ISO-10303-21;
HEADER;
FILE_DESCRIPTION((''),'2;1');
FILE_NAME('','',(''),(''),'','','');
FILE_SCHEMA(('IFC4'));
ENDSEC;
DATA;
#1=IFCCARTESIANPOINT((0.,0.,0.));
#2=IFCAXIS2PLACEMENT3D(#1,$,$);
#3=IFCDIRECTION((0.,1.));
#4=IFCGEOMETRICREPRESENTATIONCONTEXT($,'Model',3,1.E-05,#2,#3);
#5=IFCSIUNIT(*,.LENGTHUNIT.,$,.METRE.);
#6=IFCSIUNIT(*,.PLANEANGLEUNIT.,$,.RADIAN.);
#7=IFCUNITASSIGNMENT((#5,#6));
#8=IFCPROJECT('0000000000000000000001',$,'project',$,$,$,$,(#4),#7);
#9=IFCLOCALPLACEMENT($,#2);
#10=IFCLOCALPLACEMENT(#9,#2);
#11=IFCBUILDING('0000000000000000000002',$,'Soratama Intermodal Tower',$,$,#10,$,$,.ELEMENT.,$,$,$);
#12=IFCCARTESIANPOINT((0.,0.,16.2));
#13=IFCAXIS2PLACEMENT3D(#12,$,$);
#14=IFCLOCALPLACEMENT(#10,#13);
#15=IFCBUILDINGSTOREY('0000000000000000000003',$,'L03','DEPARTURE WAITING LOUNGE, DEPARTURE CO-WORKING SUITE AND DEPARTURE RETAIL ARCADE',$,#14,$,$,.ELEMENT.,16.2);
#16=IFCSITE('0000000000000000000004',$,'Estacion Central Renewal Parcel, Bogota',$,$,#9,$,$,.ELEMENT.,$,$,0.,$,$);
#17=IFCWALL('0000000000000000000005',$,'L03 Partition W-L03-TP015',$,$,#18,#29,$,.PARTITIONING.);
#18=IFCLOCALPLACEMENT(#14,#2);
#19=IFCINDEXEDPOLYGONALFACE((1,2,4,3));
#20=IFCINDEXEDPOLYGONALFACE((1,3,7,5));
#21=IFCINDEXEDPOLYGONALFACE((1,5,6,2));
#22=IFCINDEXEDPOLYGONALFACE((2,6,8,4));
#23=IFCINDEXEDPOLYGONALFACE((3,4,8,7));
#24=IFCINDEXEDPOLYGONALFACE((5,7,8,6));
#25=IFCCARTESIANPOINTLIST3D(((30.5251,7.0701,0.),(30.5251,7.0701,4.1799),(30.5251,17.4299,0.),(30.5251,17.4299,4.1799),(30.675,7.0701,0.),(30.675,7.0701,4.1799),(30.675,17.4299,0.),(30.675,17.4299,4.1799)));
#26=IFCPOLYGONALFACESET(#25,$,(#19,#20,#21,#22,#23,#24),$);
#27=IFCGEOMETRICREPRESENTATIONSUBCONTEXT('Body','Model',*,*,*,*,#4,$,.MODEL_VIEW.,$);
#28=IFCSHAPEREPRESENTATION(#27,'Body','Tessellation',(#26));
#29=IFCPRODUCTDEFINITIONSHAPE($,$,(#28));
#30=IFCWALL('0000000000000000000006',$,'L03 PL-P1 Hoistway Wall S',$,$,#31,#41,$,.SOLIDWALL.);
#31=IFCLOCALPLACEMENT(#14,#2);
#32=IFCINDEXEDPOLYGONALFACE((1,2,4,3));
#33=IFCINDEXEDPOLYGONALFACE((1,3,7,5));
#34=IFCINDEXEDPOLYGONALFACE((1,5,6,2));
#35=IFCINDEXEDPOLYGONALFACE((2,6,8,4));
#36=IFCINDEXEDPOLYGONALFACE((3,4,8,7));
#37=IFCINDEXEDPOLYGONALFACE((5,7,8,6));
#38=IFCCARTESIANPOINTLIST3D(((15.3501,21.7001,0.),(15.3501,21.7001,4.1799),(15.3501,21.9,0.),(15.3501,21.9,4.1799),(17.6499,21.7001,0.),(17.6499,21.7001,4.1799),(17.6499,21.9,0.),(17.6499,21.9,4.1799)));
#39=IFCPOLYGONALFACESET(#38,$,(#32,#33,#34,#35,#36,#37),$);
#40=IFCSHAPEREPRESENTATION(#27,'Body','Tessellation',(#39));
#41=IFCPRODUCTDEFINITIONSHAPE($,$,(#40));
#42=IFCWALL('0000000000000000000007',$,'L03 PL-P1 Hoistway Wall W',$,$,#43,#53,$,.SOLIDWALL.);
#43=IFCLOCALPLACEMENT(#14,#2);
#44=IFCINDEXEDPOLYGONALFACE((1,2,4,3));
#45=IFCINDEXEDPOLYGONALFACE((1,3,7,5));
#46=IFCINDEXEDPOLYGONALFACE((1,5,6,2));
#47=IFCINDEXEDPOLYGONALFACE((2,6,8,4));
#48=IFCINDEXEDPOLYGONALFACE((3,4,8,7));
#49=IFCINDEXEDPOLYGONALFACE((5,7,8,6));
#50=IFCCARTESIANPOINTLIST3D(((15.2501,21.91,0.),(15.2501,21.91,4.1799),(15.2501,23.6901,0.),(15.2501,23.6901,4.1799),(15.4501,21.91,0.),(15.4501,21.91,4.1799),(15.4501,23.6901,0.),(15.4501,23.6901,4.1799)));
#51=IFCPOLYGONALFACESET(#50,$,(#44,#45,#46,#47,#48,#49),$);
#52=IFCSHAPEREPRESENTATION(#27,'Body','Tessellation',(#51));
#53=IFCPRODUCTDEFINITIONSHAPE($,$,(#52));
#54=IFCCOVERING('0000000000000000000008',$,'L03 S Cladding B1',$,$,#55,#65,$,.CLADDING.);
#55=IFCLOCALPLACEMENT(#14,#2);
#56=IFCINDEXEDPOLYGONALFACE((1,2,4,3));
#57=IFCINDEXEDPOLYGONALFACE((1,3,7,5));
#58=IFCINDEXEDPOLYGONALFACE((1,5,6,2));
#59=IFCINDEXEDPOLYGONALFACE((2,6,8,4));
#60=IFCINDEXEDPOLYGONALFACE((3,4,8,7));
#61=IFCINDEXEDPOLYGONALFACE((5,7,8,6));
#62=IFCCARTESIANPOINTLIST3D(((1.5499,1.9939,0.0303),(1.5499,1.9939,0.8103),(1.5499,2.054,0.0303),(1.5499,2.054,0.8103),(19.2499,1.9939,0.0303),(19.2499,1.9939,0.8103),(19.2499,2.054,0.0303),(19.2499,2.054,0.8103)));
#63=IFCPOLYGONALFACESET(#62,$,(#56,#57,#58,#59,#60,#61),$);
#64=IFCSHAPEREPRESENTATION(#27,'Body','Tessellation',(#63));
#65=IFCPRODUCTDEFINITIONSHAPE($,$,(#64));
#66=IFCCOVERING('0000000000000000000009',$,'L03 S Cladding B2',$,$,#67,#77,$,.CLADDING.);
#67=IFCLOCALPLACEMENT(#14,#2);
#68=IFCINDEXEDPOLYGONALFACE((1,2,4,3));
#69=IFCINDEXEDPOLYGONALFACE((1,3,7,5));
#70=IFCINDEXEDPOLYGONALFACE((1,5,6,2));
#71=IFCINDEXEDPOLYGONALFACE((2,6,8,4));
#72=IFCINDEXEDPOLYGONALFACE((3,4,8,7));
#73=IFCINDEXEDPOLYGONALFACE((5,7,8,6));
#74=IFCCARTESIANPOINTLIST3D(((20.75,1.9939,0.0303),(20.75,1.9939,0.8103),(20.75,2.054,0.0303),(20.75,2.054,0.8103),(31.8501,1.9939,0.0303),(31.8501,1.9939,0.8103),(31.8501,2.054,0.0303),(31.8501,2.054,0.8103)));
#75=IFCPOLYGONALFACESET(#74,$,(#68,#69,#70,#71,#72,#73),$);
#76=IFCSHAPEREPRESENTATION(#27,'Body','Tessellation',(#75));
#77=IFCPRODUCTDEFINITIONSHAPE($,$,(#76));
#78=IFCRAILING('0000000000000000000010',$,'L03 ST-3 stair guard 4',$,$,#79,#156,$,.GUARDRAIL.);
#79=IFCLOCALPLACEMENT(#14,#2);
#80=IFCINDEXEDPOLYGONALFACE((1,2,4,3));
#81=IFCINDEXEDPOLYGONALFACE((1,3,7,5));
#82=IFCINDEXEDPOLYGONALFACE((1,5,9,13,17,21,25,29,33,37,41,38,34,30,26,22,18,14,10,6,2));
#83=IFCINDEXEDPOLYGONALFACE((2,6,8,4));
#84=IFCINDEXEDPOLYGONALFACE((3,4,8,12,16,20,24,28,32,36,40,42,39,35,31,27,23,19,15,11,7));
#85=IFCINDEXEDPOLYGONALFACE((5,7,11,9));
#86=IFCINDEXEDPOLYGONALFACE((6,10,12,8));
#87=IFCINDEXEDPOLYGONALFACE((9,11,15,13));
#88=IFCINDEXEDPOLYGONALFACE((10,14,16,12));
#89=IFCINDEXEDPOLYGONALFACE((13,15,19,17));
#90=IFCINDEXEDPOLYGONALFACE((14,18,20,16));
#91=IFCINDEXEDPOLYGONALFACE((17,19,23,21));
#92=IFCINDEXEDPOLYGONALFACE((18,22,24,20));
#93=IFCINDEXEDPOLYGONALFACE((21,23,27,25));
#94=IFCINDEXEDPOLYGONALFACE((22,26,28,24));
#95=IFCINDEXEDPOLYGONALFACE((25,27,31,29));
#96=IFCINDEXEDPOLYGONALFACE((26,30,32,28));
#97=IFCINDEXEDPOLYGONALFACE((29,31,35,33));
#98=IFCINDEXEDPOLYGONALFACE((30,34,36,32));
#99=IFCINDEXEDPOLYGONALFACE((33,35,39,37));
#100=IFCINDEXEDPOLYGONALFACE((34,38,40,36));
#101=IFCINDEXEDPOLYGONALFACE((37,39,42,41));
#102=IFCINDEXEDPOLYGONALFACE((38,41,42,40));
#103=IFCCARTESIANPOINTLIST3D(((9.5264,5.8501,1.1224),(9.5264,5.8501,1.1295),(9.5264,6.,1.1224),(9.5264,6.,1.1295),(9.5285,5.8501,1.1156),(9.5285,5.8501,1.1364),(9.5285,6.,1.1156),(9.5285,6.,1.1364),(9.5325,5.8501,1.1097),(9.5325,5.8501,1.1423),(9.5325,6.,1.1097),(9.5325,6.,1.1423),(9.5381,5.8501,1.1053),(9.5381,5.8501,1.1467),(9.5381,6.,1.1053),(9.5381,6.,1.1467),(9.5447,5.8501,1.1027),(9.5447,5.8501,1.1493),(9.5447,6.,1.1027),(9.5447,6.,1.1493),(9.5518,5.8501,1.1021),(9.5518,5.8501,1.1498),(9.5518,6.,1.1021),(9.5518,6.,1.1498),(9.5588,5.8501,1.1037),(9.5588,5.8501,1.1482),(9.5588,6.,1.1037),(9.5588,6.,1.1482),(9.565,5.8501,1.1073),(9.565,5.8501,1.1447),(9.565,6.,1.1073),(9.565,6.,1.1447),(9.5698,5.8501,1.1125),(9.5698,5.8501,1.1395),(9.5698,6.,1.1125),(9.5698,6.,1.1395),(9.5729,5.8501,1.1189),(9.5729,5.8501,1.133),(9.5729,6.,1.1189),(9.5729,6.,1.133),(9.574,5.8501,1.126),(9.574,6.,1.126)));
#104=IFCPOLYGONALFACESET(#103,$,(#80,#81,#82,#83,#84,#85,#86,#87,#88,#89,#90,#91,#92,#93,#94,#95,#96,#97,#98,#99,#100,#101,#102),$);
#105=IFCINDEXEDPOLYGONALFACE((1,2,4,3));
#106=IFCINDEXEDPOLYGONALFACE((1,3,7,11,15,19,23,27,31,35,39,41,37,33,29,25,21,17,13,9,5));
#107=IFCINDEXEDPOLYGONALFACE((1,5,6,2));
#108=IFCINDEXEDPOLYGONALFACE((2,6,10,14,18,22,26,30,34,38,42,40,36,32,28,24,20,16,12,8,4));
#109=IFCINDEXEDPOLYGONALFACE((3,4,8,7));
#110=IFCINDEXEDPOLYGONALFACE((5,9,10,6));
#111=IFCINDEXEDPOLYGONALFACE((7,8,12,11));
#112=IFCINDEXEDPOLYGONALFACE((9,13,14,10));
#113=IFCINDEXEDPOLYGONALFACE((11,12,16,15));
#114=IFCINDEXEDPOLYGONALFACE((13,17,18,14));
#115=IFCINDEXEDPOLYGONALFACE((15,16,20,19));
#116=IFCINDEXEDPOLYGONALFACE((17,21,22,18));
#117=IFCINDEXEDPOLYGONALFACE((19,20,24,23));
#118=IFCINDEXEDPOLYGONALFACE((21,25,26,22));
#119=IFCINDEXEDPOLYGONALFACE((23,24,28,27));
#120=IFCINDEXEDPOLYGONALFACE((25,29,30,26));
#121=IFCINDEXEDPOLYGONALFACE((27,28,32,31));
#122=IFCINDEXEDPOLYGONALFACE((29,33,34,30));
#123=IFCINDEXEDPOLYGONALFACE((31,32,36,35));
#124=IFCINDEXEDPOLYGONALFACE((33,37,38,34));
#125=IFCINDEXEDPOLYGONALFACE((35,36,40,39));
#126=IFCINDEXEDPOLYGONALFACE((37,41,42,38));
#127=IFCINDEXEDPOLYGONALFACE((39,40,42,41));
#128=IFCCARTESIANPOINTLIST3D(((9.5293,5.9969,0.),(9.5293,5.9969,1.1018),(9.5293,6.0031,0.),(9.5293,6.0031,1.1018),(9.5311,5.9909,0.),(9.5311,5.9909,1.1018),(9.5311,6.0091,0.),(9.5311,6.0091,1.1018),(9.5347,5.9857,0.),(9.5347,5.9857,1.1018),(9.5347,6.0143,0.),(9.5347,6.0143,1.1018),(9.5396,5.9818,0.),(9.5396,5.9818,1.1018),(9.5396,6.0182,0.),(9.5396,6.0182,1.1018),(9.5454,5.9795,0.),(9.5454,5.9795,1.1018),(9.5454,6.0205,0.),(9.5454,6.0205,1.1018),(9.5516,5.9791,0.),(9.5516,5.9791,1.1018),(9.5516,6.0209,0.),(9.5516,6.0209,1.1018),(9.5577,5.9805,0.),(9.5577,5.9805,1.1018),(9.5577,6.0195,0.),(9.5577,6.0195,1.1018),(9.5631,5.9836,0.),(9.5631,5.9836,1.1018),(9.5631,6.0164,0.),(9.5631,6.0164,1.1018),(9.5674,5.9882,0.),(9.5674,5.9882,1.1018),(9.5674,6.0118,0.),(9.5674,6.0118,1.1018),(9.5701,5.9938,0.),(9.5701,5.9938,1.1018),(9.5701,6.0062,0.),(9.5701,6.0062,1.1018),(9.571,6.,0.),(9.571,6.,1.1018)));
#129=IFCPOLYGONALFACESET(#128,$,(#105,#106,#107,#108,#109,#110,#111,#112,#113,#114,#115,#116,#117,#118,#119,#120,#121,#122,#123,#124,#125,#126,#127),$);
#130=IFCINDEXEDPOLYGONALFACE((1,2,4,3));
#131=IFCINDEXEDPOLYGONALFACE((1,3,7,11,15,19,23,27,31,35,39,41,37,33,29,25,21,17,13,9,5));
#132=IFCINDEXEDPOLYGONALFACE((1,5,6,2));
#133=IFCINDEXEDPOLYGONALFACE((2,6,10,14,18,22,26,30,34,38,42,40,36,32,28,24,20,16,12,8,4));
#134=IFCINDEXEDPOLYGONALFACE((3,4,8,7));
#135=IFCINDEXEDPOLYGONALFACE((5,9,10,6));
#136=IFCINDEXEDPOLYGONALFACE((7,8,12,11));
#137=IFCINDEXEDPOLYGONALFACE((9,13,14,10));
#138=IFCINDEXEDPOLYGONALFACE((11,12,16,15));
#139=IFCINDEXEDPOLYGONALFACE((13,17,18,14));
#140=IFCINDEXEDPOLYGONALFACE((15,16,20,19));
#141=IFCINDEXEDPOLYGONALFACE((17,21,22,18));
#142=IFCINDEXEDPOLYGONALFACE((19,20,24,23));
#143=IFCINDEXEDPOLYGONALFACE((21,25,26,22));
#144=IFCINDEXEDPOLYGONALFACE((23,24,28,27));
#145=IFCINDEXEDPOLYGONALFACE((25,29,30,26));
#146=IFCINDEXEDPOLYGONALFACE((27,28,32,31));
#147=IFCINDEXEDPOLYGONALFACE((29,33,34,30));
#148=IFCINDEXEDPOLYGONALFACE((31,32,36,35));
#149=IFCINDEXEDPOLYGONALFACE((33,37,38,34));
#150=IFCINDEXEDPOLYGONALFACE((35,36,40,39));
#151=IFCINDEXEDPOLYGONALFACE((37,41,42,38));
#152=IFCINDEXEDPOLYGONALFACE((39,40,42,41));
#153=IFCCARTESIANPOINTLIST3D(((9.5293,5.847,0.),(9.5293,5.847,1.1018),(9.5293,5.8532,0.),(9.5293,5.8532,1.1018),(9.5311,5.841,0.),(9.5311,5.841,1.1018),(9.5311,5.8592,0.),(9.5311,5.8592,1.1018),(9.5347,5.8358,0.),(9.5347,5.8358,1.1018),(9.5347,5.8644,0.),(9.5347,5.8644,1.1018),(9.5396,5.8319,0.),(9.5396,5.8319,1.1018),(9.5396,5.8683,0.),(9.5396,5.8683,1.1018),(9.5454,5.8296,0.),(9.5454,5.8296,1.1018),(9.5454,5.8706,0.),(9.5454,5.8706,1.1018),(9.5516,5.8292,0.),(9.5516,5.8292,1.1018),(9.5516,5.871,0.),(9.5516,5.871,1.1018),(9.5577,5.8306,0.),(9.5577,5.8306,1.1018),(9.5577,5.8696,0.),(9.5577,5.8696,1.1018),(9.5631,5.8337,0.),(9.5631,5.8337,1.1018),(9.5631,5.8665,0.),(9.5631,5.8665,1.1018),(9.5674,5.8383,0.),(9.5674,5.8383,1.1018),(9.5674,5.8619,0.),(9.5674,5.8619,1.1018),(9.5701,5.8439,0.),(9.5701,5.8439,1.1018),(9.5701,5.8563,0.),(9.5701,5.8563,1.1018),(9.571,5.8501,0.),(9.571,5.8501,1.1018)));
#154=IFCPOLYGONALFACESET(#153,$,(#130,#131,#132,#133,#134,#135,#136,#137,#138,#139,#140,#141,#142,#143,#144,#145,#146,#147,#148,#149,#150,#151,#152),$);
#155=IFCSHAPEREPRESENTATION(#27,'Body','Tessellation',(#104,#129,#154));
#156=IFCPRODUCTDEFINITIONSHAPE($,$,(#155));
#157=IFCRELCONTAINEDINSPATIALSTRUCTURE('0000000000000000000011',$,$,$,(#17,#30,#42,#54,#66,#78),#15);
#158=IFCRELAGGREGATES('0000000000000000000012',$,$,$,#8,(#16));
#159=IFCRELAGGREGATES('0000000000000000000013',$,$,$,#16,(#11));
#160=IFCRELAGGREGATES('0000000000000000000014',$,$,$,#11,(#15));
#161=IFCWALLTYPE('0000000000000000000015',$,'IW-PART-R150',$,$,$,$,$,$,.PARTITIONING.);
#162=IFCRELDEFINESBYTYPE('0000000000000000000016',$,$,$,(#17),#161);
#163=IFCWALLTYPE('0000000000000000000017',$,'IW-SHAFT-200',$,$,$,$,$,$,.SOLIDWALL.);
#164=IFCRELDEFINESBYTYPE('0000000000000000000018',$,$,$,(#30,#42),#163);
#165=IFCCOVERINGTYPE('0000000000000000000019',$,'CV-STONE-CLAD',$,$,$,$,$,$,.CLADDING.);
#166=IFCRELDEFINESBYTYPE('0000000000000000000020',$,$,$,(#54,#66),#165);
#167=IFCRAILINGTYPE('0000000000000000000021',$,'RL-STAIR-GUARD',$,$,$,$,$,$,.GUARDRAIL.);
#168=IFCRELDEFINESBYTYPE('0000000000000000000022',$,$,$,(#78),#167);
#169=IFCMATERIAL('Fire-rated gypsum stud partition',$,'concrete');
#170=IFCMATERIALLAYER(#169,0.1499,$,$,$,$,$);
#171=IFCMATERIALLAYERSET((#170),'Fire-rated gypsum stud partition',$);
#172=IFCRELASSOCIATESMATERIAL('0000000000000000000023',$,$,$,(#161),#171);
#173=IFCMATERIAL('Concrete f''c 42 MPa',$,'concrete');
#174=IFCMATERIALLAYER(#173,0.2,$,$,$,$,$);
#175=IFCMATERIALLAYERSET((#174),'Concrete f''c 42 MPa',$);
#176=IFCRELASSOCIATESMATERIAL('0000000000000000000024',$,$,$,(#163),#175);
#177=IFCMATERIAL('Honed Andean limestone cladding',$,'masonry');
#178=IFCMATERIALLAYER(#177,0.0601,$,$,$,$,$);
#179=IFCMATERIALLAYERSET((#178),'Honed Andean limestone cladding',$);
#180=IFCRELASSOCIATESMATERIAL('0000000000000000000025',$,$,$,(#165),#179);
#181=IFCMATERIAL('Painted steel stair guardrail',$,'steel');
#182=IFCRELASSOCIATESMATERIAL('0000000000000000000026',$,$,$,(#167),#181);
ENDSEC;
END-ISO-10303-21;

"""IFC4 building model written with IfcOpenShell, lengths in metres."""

from ifc_helpers import new_model, si_unit, direction, frame, frame_2d, origin, origin_2d, place, context, subcontext, project, spatial, rectangle, circle, extrude, material, layer, layer_set, type_object, element, save


model = new_model("IFC4")

# Units and contexts
model_context = context("Model", 3, precision=1e-05, world=origin(), true_north=direction((0.0, 1.0)))
body_context = subcontext(model_context, "Body", "Model", "MODEL_VIEW")
ifc_project = project(units=[si_unit("LENGTHUNIT", "METRE"), si_unit("PLANEANGLEUNIT", "RADIAN")], contexts=[model_context])

# Site, building, storey
site_placement = place(None, origin())
site = spatial("IfcSite", under=ifc_project, at=site_placement, Name="Estacion Central Renewal Parcel, Bogota", CompositionType="ELEMENT", RefElevation=0.0)
building_placement = place(site_placement, origin())
building = spatial("IfcBuilding", under=site, at=building_placement, Name="Soratama Intermodal Tower", CompositionType="ELEMENT")
storey_placement = place(building_placement, frame((0.0, 0.0, 16.2)))
storey = spatial("IfcBuildingStorey", under=building, at=storey_placement, Name="L03", Description="DEPARTURE WAITING LOUNGE, DEPARTURE CO-WORKING SUITE AND DEPARTURE RETAIL ARCADE", CompositionType="ELEMENT", Elevation=16.2)

# Shared definitions
ifc_material_1 = material(Name="Fire-rated gypsum stud partition", Category="concrete")
ifc_layer_1 = layer(ifc_material_1, 0.1499)
ifc_layer_set_1 = layer_set([ifc_layer_1], Name="Fire-rated gypsum stud partition")
wall_type_1 = type_object("IfcWallType", Name="IW-PART-R150", PredefinedType="PARTITIONING", material=ifc_layer_set_1)

# Walls
wall_1_placement = place(storey_placement, frame((30.6001, 7.0701, 0.0), z_axis=(0.0, 0.0, 1.0), x_axis=(0.0, 1.0, 0.0)))
element("IfcWall", 1, at=wall_1_placement, inside=storey, type_object=wall_type_1, Name="L03 Partition W-L03-TP015", PredefinedType="PARTITIONING", context=body_context, shape_type="SweptSolid", body=[
    extrude(rectangle(XDim=10.3599, YDim=0.1499, at=frame_2d((5.1799, 0.0))), origin(), (0.0, 0.0, 1.0), 4.1799),
])
ifc_material_2 = material(Name="Concrete f'c 42 MPa", Category="concrete")
ifc_layer_2 = layer(ifc_material_2, 0.2)
ifc_layer_set_2 = layer_set([ifc_layer_2], Name="Concrete f'c 42 MPa")
wall_type_2 = type_object("IfcWallType", Name="IW-SHAFT-200", PredefinedType="SOLIDWALL", material=ifc_layer_set_2)
wall_2_placement = place(storey_placement, frame((15.3501, 21.8, 0.0), z_axis=(0.0, 0.0, 1.0), x_axis=(1.0, 0.0, 0.0)))
element("IfcWall", 2, at=wall_2_placement, inside=storey, type_object=wall_type_2, Name="L03 PL-P1 Hoistway Wall S", PredefinedType="SOLIDWALL", context=body_context, shape_type="SweptSolid", body=[
    extrude(rectangle(XDim=2.2998, YDim=0.2, at=frame_2d((1.1499, 0.0))), origin(), (0.0, 0.0, 1.0), 4.1799),
])
wall_3_placement = place(storey_placement, frame((15.3501, 21.9099, 0.0), z_axis=(0.0, 0.0, 1.0), x_axis=(0.0, 1.0, 0.0)))
element("IfcWall", 3, at=wall_3_placement, inside=storey, type_object=wall_type_2, Name="L03 PL-P1 Hoistway Wall W", PredefinedType="SOLIDWALL", context=body_context, shape_type="SweptSolid", body=[
    extrude(rectangle(XDim=1.78, YDim=0.2, at=frame_2d((0.8901, 0.0))), origin(), (0.0, 0.0, 1.0), 4.1799),
])

# Coverings
ifc_material_3 = material(Name="Honed Andean limestone cladding", Category="masonry")
ifc_layer_3 = layer(ifc_material_3, 0.0601)
ifc_layer_set_3 = layer_set([ifc_layer_3], Name="Honed Andean limestone cladding")
covering_type = type_object("IfcCoveringType", Name="CV-STONE-CLAD", PredefinedType="CLADDING", material=ifc_layer_set_3)
covering_1_placement = place(storey_placement, frame((10.3999, 2.0239, 0.0303), z_axis=(0.0, 0.0, 1.0), x_axis=(1.0, 0.0, 0.0)))
element("IfcCovering", 4, at=covering_1_placement, inside=storey, type_object=covering_type, Name="L03 S Cladding B1", PredefinedType="CLADDING", context=body_context, shape_type="SweptSolid", body=[
    extrude(rectangle(XDim=17.7, YDim=0.0601, at=origin_2d()), origin(), (0.0, 0.0, 1.0), 0.78),
])
covering_2_placement = place(storey_placement, frame((26.3, 2.0239, 0.0303), z_axis=(0.0, 0.0, 1.0), x_axis=(1.0, 0.0, 0.0)))
element("IfcCovering", 5, at=covering_2_placement, inside=storey, type_object=covering_type, Name="L03 S Cladding B2", PredefinedType="CLADDING", context=body_context, shape_type="SweptSolid", body=[
    extrude(rectangle(XDim=11.1001, YDim=0.0601, at=origin_2d()), origin(), (0.0, 0.0, 1.0), 0.78),
])

# Railing
ifc_material_4 = material(Name="Painted steel stair guardrail", Category="steel")
railing_type = type_object("IfcRailingType", Name="RL-STAIR-GUARD", PredefinedType="GUARDRAIL", material=ifc_material_4)
railing_placement = place(storey_placement, frame((9.55, 6.0, 0.0)))
element("IfcRailing", 6, at=railing_placement, inside=storey, type_object=railing_type, Name="L03 ST-3 stair guard 4", PredefinedType="GUARDRAIL", context=body_context, shape_type="SweptSolid", body=[
    extrude(circle(Radius=0.0239, at=origin_2d()), frame((0.0, 0.0, 1.126), z_axis=(0.0, -1.0, 0.0), x_axis=(1.0, 0.0, 0.0)), (0.0, 0.0, 1.0), 0.1499),
    extrude(circle(Radius=0.021, at=origin_2d()), origin(), (0.0, 0.0, 1.0), 1.1018),
    extrude(circle(Radius=0.021, at=origin_2d()), frame((0.0, -0.1499, 0.0)), (0.0, 0.0, 1.0), 1.1018),
])

save(model, "model.ifc")
